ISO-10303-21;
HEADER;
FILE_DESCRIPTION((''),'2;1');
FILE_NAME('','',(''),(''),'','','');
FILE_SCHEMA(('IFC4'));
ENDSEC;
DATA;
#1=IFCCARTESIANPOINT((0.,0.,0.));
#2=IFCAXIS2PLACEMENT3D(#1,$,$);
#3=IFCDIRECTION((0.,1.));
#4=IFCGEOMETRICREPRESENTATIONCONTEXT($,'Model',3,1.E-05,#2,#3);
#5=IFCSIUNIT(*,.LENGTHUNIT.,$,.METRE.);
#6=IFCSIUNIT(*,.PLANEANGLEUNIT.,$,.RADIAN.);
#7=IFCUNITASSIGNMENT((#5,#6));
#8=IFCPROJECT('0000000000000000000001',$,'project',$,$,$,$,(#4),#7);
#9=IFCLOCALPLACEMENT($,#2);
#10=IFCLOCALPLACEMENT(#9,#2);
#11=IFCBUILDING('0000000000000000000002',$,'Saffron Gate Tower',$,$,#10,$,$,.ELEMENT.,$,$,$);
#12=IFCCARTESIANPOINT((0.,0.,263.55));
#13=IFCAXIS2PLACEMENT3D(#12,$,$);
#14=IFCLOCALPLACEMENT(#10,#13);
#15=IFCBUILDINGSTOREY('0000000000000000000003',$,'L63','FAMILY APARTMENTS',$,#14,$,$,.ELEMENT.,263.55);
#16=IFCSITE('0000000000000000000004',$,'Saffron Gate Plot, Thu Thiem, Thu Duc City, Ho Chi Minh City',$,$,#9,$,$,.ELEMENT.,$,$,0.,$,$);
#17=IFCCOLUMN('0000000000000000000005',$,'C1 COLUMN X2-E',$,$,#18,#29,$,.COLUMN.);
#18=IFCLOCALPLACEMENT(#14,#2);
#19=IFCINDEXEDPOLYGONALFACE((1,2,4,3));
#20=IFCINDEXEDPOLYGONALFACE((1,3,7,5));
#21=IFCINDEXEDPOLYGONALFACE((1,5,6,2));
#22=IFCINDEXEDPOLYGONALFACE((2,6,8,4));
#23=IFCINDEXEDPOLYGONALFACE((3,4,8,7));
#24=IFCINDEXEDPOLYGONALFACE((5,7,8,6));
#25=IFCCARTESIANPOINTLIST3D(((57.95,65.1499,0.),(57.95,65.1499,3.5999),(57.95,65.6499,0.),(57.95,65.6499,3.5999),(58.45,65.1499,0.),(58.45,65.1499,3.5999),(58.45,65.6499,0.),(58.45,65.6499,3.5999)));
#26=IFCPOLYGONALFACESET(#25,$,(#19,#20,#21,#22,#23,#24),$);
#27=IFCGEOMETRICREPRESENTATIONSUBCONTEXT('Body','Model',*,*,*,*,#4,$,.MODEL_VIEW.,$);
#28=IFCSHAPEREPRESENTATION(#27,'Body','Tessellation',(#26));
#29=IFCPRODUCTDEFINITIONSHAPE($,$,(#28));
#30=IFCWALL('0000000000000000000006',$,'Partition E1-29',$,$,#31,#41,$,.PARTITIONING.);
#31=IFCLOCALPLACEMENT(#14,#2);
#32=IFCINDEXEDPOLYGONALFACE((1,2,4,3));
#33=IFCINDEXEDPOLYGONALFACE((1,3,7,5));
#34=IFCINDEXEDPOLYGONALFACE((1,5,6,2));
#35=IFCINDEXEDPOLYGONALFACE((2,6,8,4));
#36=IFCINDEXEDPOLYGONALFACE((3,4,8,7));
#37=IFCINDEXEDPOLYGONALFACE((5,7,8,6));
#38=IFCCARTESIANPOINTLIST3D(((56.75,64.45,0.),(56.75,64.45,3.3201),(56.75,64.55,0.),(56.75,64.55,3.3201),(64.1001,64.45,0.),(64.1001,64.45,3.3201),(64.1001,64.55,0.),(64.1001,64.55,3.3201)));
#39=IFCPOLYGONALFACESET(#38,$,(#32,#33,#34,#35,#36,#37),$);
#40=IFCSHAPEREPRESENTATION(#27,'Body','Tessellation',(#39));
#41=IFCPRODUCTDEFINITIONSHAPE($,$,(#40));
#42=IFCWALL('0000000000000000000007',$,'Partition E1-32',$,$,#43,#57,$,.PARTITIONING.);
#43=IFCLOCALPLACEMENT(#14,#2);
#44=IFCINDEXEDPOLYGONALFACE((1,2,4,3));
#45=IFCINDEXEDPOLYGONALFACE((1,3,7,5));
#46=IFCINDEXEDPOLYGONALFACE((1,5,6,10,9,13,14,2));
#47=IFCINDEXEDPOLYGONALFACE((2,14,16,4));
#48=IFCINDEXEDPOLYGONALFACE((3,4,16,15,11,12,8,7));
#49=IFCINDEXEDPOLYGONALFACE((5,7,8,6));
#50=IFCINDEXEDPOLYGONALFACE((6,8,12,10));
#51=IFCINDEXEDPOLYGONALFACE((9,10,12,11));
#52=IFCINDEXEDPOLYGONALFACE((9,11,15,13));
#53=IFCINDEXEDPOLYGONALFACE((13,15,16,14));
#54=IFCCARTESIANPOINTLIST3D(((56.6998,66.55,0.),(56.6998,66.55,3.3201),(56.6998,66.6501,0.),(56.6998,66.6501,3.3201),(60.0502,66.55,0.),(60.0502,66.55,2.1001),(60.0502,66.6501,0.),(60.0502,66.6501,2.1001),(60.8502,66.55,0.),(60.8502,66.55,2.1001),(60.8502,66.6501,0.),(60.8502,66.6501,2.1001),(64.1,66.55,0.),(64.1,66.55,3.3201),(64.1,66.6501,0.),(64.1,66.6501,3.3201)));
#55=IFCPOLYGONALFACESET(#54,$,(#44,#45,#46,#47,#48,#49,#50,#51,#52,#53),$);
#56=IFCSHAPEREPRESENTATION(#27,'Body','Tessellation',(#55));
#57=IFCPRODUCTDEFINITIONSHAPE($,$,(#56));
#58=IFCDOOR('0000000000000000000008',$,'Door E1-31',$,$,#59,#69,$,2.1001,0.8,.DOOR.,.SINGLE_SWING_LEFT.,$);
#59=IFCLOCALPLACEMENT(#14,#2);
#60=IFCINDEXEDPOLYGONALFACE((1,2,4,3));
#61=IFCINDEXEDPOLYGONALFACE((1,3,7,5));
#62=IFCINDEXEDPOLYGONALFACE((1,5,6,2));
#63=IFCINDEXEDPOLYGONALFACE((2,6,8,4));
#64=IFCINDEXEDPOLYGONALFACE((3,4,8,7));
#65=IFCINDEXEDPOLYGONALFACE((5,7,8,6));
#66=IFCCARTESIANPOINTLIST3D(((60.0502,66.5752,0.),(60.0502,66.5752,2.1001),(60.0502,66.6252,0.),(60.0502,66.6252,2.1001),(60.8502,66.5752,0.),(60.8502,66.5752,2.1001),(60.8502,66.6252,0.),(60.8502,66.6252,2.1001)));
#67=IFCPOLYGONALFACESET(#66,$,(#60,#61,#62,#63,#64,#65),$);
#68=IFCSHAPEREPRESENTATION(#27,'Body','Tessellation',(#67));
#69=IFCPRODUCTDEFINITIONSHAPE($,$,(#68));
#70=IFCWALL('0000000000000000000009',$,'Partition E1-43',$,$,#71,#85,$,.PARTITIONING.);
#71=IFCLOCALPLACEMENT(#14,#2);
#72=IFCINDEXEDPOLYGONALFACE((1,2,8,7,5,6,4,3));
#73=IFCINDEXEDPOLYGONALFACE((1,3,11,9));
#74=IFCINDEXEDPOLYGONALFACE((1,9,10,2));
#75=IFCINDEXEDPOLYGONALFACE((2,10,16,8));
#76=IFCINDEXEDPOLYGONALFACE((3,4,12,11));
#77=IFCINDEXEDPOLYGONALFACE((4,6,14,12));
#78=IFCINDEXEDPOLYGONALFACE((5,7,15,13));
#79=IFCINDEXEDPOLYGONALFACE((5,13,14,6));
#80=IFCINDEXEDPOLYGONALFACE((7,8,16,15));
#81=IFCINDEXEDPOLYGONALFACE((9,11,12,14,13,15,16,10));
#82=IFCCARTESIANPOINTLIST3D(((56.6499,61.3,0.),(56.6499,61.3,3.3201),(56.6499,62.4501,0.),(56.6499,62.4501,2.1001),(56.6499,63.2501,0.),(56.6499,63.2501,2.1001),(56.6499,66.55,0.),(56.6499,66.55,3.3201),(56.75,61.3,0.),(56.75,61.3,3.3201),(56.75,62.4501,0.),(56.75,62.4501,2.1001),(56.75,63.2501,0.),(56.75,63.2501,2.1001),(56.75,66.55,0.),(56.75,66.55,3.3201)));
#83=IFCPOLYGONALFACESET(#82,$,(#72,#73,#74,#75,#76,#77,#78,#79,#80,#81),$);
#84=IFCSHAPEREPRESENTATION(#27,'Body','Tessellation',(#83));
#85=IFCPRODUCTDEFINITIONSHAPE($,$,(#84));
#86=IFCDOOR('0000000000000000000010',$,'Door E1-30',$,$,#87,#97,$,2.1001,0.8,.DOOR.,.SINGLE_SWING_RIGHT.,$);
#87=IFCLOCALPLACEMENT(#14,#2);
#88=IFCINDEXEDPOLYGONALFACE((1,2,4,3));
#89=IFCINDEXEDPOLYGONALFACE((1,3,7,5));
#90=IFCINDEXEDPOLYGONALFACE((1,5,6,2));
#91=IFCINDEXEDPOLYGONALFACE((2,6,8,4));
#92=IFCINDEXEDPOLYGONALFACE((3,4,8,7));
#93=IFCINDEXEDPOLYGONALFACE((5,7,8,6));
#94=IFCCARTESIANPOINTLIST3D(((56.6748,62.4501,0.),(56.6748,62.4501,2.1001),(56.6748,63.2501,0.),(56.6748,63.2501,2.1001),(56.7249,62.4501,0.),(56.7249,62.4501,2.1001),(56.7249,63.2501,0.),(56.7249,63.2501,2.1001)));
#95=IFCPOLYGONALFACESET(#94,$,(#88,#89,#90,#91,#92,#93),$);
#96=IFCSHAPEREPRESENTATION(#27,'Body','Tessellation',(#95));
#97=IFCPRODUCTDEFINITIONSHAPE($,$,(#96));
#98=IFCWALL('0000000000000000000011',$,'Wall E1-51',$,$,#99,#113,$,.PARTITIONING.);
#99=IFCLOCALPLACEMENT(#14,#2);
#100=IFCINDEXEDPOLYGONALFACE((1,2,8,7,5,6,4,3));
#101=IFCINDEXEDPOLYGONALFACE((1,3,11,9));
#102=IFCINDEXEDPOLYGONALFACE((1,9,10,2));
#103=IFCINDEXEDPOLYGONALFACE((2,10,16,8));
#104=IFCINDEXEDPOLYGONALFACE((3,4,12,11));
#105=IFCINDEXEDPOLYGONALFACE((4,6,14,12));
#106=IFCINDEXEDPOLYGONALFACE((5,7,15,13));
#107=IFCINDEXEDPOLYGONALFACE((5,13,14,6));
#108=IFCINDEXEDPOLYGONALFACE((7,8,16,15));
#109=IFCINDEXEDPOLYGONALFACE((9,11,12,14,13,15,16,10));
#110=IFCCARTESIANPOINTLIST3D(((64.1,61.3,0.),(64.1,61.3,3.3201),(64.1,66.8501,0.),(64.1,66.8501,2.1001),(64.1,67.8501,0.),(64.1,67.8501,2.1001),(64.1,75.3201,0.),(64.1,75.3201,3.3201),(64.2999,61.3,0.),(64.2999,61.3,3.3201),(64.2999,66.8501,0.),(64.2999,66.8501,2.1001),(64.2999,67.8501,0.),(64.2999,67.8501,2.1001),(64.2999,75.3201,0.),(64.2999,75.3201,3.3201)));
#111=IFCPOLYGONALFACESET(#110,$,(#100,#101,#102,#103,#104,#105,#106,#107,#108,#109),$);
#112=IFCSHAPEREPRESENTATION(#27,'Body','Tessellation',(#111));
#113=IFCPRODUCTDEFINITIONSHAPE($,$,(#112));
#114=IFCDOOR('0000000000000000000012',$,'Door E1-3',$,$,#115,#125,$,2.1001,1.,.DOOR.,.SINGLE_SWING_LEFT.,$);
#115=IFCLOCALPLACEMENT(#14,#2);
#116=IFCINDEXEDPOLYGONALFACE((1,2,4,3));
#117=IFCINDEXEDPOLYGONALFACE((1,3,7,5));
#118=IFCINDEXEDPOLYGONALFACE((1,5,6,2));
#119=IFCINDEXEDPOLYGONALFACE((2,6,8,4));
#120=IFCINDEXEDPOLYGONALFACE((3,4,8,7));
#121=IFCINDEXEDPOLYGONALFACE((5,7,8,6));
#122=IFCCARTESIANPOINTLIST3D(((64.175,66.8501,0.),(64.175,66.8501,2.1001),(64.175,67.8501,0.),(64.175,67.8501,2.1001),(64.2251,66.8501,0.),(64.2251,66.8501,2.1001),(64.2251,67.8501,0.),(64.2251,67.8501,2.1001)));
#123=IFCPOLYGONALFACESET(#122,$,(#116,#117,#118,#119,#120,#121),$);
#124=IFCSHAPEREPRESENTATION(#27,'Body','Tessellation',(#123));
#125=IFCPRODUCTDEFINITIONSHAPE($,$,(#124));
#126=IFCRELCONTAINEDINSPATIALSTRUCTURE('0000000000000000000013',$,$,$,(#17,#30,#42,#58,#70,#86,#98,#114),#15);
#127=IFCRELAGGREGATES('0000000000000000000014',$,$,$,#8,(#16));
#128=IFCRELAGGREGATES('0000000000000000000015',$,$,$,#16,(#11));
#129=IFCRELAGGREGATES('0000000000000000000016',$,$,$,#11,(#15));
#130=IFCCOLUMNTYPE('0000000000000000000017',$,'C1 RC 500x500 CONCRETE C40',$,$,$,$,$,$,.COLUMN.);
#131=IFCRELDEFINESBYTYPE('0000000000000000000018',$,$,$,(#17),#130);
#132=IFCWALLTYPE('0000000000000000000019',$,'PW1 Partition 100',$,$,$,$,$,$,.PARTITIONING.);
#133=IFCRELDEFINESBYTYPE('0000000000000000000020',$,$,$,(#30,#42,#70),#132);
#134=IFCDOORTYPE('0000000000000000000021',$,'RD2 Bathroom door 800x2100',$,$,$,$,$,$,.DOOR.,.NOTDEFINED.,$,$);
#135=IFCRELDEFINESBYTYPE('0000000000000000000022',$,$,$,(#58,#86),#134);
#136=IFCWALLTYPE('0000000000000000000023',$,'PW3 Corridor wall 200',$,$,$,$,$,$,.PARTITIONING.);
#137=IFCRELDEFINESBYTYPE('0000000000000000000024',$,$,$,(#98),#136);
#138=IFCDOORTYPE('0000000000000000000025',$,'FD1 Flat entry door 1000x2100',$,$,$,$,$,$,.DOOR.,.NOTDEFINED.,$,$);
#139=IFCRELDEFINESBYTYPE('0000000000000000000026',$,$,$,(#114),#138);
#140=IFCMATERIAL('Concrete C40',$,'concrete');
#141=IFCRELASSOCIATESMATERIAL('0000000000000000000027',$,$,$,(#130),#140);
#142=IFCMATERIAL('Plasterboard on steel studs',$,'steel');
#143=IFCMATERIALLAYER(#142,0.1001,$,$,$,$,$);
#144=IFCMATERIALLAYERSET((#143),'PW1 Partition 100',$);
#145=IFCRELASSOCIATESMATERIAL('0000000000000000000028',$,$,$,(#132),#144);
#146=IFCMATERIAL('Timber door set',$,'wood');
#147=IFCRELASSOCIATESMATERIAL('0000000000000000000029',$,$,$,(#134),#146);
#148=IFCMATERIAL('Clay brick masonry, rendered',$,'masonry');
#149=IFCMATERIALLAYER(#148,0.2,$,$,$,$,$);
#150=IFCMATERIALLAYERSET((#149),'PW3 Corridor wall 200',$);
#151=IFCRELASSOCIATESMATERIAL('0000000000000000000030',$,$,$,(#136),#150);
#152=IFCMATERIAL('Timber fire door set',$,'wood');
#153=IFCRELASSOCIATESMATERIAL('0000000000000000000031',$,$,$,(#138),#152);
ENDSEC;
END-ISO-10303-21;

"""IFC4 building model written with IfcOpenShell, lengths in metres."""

from ifc_helpers import new_model, si_unit, direction, frame, frame_2d, origin, origin_2d, place, context, subcontext, project, spatial, rectangle, extrude, material, layer, layer_set, material_profile, profile_set, type_object, element, fill, save


model = new_model("IFC4")

# Units and contexts
model_context = context("Model", 3, precision=1e-05, world=origin(), true_north=direction((0.0, 1.0)))
body_context = subcontext(model_context, "Body", "Model", "MODEL_VIEW")
ifc_project = project(units=[si_unit("LENGTHUNIT", "METRE"), si_unit("PLANEANGLEUNIT", "RADIAN")], contexts=[model_context])

# Site, building, storey
site_placement = place(None, origin())
site = spatial("IfcSite", under=ifc_project, at=site_placement, Name="Saffron Gate Plot, Thu Thiem, Thu Duc City, Ho Chi Minh City", CompositionType="ELEMENT", RefElevation=0.0)
building_placement = place(site_placement, origin())
building = spatial("IfcBuilding", under=site, at=building_placement, Name="Saffron Gate Tower", CompositionType="ELEMENT")
storey_placement = place(building_placement, frame((0.0, 0.0, 263.55)))
storey = spatial("IfcBuildingStorey", under=building, at=storey_placement, Name="L63", Description="FAMILY APARTMENTS", CompositionType="ELEMENT", Elevation=263.55)

# Column
ifc_material_1 = material(Name="Concrete C40", Category="concrete")
ifc_material_profile = material_profile(ifc_material_1, rectangle(XDim=0.5, YDim=0.5, at=origin_2d()))
ifc_profile_set = profile_set([ifc_material_profile], Name="Concrete C40")
column_type = type_object("IfcColumnType", Name="C1 RC 500x500 CONCRETE C40", PredefinedType="COLUMN", material=ifc_profile_set)
column_placement = place(storey_placement, frame((58.2, 65.3999, 0.0), z_axis=(0.0, 0.0, 1.0), x_axis=(1.0, 0.0, 0.0)))
element("IfcColumn", 1, at=column_placement, inside=storey, type_object=column_type, Name="C1 COLUMN X2-E", PredefinedType="COLUMN", context=body_context, shape_type="SweptSolid", body=[
    extrude(rectangle(XDim=0.5, YDim=0.5, at=origin_2d()), origin(), (0.0, 0.0, 1.0), 3.5999),
])

# Wall
ifc_material_2 = material(Name="Plasterboard on steel studs", Category="steel")
ifc_layer_1 = layer(ifc_material_2, 0.1001)
ifc_layer_set_1 = layer_set([ifc_layer_1], Name="PW1 Partition 100")
wall_type_1 = type_object("IfcWallType", Name="PW1 Partition 100", PredefinedType="PARTITIONING", material=ifc_layer_set_1)
wall_1_placement = place(storey_placement, frame((56.75, 64.5, 0.0), z_axis=(0.0, 0.0, 1.0), x_axis=(1.0, 0.0, 0.0)))
element("IfcWall", 2, at=wall_1_placement, inside=storey, type_object=wall_type_1, Name="Partition E1-29", PredefinedType="PARTITIONING", context=body_context, shape_type="SweptSolid", body=[
    extrude(rectangle(XDim=7.3501, YDim=0.1001, at=frame_2d((3.675, 0.0))), origin(), (0.0, 0.0, 1.0), 3.3201),
])

# Walls, openings, doors
wall_2_placement = place(storey_placement, frame((64.1001, 66.6001, 0.0), z_axis=(0.0, 0.0, 1.0), x_axis=(-1.0, 0.0, 0.0)))
wall_2 = element("IfcWall", 3, at=wall_2_placement, inside=storey, type_object=wall_type_1, Name="Partition E1-32", PredefinedType="PARTITIONING", context=body_context, shape_type="SweptSolid", body=[
    extrude(rectangle(XDim=7.4001, YDim=0.1001, at=frame_2d((3.7002, 0.0))), origin(), (0.0, 0.0, 1.0), 3.3201),
])
opening_1_placement = place(wall_2_placement, frame((3.25, 0.0, 0.0)))
opening_1 = element("IfcOpeningElement", 4, at=opening_1_placement, cuts=wall_2, PredefinedType="OPENING", context=body_context, shape_type="SweptSolid", body=[
    extrude(rectangle(XDim=0.8, YDim=2.1001, at=frame_2d((0.3999, 1.05))), frame((0.0, 0.0601, 0.0), z_axis=(0.0, -1.0, 0.0), x_axis=(1.0, 0.0, 0.0)), (0.0, 0.0, 1.0), 0.1201),
])
ifc_material_3 = material(Name="Timber door set", Category="wood")
door_type_1 = type_object("IfcDoorType", Name="RD2 Bathroom door 800x2100", OperationType="NOTDEFINED", PredefinedType="DOOR", material=ifc_material_3)
door_1_placement = place(opening_1_placement, origin())
door_1 = element("IfcDoor", 5, at=door_1_placement, inside=storey, type_object=door_type_1, Name="Door E1-31", OperationType="SINGLE_SWING_LEFT", OverallHeight=2.1001, OverallWidth=0.8, PredefinedType="DOOR", context=body_context, shape_type="SweptSolid", body=[
    extrude(rectangle(XDim=0.8, YDim=2.1001, at=frame_2d((0.3999, 1.05))), frame((0.0, 0.0249, 0.0), z_axis=(0.0, -1.0, 0.0), x_axis=(1.0, 0.0, 0.0)), (0.0, 0.0, 1.0), 0.05),
])
fill(opening_1, door_1)
wall_3_placement = place(storey_placement, frame((56.7, 66.55, 0.0), z_axis=(0.0, 0.0, 1.0), x_axis=(0.0, -1.0, 0.0)))
wall_3 = element("IfcWall", 6, at=wall_3_placement, inside=storey, type_object=wall_type_1, Name="Partition E1-43", PredefinedType="PARTITIONING", context=body_context, shape_type="SweptSolid", body=[
    extrude(rectangle(XDim=5.25, YDim=0.1001, at=frame_2d((2.625, 0.0))), origin(), (0.0, 0.0, 1.0), 3.3201),
])
opening_2_placement = place(wall_3_placement, frame((3.3, 0.0, 0.0)))
opening_2 = element("IfcOpeningElement", 7, at=opening_2_placement, cuts=wall_3, PredefinedType="OPENING", context=body_context, shape_type="SweptSolid", body=[
    extrude(rectangle(XDim=0.8, YDim=2.1001, at=frame_2d((0.3999, 1.05))), frame((0.0, 0.0601, 0.0), z_axis=(0.0, -1.0, 0.0), x_axis=(1.0, 0.0, 0.0)), (0.0, 0.0, 1.0), 0.1201),
])
door_2_placement = place(opening_2_placement, origin())
door_2 = element("IfcDoor", 8, at=door_2_placement, inside=storey, type_object=door_type_1, Name="Door E1-30", OperationType="SINGLE_SWING_RIGHT", OverallHeight=2.1001, OverallWidth=0.8, PredefinedType="DOOR", context=body_context, shape_type="SweptSolid", body=[
    extrude(rectangle(XDim=0.8, YDim=2.1001, at=frame_2d((0.3999, 1.05))), frame((0.0, 0.0249, 0.0), z_axis=(0.0, -1.0, 0.0), x_axis=(1.0, 0.0, 0.0)), (0.0, 0.0, 1.0), 0.05),
])
fill(opening_2, door_2)
ifc_material_4 = material(Name="Clay brick masonry, rendered", Category="masonry")
ifc_layer_2 = layer(ifc_material_4, 0.2)
ifc_layer_set_2 = layer_set([ifc_layer_2], Name="PW3 Corridor wall 200")
wall_type_2 = type_object("IfcWallType", Name="PW3 Corridor wall 200", PredefinedType="PARTITIONING", material=ifc_layer_set_2)
wall_4_placement = place(storey_placement, frame((64.2, 61.3, 0.0), z_axis=(0.0, 0.0, 1.0), x_axis=(0.0, 1.0, 0.0)))
wall_4 = element("IfcWall", 9, at=wall_4_placement, inside=storey, type_object=wall_type_2, Name="Wall E1-51", PredefinedType="PARTITIONING", context=body_context, shape_type="SweptSolid", body=[
    extrude(rectangle(XDim=14.02, YDim=0.2, at=frame_2d((7.01, 0.0))), origin(), (0.0, 0.0, 1.0), 3.3201),
])
opening_3_placement = place(wall_4_placement, frame((5.55, 0.0, 0.0)))
opening_3 = element("IfcOpeningElement", 10, at=opening_3_placement, cuts=wall_4, PredefinedType="OPENING", context=body_context, shape_type="SweptSolid", body=[
    extrude(rectangle(XDim=1.0, YDim=2.1001, at=frame_2d((0.5, 1.05))), frame((0.0, 0.1099, 0.0), z_axis=(0.0, -1.0, 0.0), x_axis=(1.0, 0.0, 0.0)), (0.0, 0.0, 1.0), 0.22),
])
ifc_material_5 = material(Name="Timber fire door set", Category="wood")
door_type_2 = type_object("IfcDoorType", Name="FD1 Flat entry door 1000x2100", OperationType="NOTDEFINED", PredefinedType="DOOR", material=ifc_material_5)
door_3_placement = place(opening_3_placement, origin())
door_3 = element("IfcDoor", 11, at=door_3_placement, inside=storey, type_object=door_type_2, Name="Door E1-3", OperationType="SINGLE_SWING_LEFT", OverallHeight=2.1001, OverallWidth=1.0, PredefinedType="DOOR", context=body_context, shape_type="SweptSolid", body=[
    extrude(rectangle(XDim=1.0, YDim=2.1001, at=frame_2d((0.5, 1.05))), frame((0.0, 0.0249, 0.0), z_axis=(0.0, -1.0, 0.0), x_axis=(1.0, 0.0, 0.0)), (0.0, 0.0, 1.0), 0.05),
])
fill(opening_3, door_3)

save(model, "model.ifc")
